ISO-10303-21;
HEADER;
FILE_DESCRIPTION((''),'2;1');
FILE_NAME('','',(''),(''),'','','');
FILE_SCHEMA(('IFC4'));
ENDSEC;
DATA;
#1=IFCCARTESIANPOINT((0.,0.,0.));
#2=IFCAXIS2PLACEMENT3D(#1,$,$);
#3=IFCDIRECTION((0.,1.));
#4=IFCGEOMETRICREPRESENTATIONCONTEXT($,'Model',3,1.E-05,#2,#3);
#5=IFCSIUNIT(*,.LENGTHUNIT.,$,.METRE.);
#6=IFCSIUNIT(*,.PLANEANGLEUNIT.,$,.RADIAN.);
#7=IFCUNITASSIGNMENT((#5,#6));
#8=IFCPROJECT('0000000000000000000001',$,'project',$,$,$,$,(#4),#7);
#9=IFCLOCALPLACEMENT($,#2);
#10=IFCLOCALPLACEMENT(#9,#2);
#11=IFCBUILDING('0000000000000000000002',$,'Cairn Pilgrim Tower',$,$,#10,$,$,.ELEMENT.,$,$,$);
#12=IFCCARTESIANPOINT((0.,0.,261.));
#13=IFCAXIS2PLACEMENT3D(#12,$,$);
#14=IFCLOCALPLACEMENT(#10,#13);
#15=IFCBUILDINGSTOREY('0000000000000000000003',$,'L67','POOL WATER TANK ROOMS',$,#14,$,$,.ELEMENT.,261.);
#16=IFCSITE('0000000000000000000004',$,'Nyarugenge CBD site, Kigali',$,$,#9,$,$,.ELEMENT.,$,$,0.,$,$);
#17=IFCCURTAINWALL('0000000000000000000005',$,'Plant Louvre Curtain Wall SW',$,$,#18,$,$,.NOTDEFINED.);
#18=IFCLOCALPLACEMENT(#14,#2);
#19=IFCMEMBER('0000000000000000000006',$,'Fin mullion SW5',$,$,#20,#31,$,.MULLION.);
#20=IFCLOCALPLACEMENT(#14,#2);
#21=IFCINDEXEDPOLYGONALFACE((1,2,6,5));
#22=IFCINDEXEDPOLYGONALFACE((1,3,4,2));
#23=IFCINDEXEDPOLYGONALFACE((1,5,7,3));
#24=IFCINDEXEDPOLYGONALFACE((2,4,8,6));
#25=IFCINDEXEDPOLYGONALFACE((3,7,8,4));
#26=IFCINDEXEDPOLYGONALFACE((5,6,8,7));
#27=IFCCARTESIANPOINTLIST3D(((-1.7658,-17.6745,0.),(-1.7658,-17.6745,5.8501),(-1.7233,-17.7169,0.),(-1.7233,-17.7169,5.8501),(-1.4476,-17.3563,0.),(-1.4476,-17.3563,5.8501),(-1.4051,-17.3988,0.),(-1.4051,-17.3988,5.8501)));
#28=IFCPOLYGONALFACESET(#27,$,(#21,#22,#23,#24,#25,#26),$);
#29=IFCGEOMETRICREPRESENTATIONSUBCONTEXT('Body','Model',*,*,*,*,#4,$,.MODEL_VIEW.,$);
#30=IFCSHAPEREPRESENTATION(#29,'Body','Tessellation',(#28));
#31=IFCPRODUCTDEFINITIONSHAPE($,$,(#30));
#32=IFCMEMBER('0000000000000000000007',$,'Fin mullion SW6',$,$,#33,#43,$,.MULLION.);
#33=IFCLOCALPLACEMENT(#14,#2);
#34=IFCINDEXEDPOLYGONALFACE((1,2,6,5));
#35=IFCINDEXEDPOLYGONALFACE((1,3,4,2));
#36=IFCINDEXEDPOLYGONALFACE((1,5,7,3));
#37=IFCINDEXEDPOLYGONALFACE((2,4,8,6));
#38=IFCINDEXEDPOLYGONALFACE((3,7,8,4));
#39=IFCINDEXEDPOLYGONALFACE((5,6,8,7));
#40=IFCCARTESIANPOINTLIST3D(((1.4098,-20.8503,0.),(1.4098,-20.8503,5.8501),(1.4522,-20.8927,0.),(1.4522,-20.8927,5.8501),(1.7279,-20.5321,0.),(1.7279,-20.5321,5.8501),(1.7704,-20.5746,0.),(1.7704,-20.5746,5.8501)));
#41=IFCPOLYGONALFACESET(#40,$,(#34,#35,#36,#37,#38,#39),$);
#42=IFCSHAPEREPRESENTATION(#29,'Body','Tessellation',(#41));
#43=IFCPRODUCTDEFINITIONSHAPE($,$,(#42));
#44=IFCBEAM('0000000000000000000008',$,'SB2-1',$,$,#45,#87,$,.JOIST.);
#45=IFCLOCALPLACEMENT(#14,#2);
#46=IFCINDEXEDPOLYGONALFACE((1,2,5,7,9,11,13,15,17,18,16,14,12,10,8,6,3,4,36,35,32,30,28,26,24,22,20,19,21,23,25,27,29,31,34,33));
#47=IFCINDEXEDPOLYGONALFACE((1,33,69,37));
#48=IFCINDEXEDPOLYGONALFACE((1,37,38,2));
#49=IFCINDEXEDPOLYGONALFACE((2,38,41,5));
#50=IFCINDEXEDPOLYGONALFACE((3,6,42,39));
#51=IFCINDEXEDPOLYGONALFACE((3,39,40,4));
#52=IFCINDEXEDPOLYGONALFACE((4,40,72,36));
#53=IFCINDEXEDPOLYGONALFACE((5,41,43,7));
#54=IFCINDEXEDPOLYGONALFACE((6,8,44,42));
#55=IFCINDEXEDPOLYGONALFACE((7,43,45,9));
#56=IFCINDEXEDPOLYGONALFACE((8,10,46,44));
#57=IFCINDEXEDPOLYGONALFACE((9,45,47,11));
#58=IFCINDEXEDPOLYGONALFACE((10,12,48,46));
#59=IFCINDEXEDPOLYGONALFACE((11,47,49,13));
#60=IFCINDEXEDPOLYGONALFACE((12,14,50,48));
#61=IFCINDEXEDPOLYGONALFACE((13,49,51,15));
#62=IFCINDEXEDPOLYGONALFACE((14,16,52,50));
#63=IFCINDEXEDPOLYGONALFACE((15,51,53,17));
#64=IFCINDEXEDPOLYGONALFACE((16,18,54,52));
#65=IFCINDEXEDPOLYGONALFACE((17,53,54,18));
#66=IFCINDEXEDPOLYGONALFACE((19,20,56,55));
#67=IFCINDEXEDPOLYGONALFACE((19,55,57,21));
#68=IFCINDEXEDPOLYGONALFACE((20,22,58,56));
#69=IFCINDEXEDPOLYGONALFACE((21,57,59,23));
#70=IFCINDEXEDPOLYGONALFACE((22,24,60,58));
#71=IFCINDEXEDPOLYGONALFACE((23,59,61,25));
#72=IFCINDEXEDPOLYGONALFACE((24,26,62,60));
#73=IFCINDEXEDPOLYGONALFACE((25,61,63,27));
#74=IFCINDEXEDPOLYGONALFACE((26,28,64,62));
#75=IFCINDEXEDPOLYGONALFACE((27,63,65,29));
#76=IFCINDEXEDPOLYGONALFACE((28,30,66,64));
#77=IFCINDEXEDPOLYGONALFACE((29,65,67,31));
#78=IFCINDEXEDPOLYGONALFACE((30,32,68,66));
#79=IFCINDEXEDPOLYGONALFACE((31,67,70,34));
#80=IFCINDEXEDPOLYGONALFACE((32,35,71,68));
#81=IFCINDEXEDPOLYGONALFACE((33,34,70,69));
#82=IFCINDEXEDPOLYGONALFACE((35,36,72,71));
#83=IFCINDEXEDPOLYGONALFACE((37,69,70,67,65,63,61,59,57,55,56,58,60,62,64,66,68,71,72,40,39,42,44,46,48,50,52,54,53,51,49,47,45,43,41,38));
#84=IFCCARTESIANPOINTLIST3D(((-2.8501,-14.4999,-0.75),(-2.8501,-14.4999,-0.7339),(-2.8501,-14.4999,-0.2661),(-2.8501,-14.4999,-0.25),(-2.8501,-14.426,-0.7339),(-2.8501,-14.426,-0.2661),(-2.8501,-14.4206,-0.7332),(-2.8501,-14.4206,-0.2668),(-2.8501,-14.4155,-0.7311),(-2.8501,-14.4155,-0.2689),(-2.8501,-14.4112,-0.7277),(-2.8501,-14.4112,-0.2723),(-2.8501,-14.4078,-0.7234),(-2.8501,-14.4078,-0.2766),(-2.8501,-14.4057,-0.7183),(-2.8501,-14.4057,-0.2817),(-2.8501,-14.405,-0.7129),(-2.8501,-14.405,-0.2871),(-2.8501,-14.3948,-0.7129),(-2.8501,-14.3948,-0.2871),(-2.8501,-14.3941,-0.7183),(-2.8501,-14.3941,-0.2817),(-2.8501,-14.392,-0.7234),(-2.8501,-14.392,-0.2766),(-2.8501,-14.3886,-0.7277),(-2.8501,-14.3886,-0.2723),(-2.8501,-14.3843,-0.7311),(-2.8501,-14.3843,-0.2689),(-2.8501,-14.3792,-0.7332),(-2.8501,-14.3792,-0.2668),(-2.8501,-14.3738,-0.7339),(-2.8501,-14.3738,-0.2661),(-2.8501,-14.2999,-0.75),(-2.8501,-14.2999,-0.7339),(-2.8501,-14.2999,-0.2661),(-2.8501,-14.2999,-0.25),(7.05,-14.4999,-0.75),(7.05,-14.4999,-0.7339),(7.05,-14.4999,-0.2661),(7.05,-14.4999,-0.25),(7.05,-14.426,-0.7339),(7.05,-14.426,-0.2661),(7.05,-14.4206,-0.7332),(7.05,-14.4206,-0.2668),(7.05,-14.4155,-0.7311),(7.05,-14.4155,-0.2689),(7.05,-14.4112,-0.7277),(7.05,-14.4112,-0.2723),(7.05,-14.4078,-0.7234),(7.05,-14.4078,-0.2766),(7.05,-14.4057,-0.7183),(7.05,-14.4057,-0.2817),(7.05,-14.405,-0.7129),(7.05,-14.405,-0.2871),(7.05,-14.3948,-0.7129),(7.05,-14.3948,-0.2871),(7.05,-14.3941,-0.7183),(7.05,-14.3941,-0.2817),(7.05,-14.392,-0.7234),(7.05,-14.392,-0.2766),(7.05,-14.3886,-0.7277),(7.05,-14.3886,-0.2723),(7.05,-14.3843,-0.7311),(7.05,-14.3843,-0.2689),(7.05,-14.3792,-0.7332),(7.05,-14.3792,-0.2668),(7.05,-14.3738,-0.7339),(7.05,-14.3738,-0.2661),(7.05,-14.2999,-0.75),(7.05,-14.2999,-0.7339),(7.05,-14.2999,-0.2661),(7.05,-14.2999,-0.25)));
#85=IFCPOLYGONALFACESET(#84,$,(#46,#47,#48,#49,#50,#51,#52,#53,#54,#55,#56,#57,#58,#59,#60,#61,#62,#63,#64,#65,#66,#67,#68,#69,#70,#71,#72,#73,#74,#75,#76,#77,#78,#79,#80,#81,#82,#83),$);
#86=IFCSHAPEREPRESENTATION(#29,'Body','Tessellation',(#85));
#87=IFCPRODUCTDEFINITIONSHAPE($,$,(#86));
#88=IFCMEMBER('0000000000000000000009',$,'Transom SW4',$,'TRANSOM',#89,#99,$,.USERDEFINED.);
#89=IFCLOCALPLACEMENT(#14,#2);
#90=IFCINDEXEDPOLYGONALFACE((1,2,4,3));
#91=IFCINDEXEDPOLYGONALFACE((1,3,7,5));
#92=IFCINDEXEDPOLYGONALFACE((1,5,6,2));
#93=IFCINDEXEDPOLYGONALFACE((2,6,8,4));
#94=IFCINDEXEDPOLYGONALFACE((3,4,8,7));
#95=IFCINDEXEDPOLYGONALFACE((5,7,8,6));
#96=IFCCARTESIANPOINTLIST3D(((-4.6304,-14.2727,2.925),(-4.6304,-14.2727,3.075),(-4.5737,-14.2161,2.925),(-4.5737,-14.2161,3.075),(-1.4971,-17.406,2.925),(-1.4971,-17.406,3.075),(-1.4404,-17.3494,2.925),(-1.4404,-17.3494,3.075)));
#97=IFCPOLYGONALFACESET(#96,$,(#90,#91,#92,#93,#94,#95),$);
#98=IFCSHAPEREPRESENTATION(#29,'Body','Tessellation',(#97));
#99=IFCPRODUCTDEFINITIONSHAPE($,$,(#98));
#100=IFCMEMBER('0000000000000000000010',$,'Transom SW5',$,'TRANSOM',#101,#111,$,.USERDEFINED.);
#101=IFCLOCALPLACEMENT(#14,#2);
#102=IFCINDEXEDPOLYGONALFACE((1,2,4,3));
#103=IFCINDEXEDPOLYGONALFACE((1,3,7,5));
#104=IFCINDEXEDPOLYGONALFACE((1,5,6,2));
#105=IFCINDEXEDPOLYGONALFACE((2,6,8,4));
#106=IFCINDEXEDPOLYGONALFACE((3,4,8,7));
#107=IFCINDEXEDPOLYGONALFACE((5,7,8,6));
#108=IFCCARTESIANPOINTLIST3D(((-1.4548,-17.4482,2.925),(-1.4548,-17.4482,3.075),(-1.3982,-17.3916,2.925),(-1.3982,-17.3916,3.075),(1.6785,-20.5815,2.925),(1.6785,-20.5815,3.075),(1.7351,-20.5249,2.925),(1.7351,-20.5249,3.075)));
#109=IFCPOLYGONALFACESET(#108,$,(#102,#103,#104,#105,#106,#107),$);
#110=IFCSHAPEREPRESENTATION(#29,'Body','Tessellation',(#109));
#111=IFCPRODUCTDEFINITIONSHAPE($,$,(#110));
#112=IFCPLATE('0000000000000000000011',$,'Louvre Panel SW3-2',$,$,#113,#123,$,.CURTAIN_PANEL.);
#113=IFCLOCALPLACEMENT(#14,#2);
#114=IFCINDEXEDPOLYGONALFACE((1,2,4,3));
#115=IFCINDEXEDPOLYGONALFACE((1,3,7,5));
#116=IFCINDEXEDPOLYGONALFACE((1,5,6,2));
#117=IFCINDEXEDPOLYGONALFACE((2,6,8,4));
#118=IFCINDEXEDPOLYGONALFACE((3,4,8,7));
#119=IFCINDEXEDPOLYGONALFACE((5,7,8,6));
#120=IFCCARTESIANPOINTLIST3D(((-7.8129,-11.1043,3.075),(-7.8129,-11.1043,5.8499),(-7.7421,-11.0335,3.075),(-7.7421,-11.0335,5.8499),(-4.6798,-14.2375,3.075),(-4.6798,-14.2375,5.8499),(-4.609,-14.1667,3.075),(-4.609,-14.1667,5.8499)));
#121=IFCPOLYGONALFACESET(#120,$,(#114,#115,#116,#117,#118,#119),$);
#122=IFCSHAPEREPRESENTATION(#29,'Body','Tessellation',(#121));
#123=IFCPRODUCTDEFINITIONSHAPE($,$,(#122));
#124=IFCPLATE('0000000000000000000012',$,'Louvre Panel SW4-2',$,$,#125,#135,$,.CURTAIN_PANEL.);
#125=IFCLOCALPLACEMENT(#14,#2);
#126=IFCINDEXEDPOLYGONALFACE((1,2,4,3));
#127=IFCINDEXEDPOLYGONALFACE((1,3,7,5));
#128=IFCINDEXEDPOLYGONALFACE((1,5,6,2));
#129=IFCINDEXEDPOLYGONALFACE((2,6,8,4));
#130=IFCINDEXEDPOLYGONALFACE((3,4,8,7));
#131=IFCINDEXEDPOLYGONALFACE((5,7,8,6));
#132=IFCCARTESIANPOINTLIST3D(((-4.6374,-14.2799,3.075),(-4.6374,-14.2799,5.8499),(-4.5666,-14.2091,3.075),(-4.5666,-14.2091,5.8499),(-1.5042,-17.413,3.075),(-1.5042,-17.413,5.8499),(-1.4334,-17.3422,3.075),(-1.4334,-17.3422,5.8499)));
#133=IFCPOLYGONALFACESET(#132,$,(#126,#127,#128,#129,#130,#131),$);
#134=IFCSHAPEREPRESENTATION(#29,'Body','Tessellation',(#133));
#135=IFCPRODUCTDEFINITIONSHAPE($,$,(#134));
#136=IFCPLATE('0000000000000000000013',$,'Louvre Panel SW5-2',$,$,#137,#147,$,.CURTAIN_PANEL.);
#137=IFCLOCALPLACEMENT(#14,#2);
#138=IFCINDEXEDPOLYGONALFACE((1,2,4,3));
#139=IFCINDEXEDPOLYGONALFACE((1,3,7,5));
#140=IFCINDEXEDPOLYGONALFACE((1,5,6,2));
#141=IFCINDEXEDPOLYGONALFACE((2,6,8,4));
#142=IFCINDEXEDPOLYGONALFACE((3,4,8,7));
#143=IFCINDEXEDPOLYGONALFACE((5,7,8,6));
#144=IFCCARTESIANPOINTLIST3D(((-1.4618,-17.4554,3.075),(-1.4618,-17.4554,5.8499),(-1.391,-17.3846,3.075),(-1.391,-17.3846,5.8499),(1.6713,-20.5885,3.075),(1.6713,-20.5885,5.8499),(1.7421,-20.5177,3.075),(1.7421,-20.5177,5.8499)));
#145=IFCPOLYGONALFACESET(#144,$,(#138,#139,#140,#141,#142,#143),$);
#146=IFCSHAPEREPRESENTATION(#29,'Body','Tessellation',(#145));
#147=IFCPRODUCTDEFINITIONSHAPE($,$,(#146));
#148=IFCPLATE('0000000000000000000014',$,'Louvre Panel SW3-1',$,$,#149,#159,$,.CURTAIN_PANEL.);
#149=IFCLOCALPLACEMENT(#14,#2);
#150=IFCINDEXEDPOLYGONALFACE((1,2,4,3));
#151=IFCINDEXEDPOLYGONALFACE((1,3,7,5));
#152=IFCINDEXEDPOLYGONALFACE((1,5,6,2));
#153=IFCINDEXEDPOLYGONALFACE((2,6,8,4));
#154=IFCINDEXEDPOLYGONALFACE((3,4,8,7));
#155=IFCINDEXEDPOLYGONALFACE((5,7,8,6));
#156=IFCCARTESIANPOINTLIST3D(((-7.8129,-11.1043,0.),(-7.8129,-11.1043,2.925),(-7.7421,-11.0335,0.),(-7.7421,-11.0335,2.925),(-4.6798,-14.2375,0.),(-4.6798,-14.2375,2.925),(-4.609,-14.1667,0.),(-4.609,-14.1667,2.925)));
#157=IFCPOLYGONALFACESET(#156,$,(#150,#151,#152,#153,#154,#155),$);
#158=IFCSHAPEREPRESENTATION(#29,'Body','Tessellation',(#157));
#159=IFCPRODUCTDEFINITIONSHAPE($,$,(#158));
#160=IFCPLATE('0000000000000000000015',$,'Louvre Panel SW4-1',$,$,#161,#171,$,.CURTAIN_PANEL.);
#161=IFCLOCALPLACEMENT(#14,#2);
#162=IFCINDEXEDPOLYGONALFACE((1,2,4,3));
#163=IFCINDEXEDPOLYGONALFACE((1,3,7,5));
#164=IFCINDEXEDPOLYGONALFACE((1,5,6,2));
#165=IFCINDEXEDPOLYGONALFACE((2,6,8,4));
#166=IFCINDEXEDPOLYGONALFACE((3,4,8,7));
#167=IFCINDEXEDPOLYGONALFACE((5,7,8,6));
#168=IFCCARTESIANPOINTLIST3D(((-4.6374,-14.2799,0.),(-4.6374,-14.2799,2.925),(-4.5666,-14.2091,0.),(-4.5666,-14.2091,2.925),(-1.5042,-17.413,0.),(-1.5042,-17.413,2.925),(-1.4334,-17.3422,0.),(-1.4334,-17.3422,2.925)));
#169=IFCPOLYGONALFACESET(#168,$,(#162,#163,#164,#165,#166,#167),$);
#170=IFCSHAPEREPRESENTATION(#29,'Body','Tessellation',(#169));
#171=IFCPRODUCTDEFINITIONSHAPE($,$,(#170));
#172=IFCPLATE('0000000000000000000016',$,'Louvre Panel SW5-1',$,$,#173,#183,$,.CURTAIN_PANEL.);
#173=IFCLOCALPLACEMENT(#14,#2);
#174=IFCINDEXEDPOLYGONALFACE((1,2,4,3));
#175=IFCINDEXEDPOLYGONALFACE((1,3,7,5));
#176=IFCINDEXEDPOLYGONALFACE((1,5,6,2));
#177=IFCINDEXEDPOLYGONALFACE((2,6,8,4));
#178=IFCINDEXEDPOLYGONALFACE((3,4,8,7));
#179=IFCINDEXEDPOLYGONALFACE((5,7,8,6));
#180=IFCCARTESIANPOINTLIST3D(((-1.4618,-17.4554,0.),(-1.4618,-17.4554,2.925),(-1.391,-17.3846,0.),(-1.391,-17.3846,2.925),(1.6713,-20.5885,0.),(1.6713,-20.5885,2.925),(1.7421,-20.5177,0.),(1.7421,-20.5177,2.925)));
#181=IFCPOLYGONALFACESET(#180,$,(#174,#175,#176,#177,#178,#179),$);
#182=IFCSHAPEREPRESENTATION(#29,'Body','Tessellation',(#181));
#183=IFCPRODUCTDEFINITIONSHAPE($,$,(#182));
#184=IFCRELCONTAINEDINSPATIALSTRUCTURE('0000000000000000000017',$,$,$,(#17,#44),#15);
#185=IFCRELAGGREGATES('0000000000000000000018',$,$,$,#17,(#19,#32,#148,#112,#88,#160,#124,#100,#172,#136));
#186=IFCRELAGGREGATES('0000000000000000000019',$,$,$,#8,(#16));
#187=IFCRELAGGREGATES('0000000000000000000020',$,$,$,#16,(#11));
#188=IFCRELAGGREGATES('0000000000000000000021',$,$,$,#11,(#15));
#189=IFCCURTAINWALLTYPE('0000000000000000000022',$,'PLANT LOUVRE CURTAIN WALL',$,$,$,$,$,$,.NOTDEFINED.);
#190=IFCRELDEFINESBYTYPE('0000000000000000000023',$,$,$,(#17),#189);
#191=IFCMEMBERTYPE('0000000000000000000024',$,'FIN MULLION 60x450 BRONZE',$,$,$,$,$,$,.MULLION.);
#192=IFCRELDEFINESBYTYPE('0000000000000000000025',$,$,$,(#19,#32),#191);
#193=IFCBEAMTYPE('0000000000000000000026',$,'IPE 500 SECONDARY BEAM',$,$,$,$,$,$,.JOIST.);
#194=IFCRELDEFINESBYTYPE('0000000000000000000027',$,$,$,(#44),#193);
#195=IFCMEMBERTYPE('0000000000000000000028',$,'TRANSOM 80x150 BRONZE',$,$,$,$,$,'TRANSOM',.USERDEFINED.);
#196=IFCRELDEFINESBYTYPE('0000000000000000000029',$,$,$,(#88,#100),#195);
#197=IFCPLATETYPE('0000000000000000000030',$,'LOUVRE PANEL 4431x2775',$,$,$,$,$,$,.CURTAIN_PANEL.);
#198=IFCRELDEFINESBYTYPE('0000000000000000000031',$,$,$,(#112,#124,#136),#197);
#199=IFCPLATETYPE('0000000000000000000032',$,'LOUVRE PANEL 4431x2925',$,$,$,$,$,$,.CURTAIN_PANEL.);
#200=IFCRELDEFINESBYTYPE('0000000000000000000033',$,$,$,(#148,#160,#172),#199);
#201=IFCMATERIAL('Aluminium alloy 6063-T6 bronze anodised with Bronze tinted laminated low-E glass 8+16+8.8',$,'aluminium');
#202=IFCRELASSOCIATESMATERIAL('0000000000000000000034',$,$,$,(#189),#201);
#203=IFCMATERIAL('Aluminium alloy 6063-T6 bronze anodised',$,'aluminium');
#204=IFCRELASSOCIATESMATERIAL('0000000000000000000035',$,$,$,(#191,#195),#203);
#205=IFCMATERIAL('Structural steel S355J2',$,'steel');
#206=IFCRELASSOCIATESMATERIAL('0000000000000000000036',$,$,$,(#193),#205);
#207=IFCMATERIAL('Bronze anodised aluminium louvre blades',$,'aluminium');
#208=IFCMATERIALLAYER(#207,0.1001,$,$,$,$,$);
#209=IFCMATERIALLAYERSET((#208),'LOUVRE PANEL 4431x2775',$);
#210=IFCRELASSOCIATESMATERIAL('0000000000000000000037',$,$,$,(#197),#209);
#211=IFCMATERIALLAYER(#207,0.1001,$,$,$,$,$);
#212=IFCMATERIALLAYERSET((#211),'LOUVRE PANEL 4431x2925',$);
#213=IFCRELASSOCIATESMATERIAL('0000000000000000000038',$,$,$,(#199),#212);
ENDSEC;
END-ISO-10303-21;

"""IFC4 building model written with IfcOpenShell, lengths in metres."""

from ifc_helpers import new_model, si_unit, direction, frame, origin, origin_2d, place, context, subcontext, project, spatial, rectangle, i_section, extrude, material, layer, layer_set, material_profile, profile_set, type_object, element, aggregate, save


model = new_model("IFC4")

# Units and contexts
model_context = context("Model", 3, precision=1e-05, world=origin(), true_north=direction((0.0, 1.0)))
body_context = subcontext(model_context, "Body", "Model", "MODEL_VIEW")
ifc_project = project(units=[si_unit("LENGTHUNIT", "METRE"), si_unit("PLANEANGLEUNIT", "RADIAN")], contexts=[model_context])

# Site, building, storey
site_placement = place(None, origin())
site = spatial("IfcSite", under=ifc_project, at=site_placement, Name="Nyarugenge CBD site, Kigali", CompositionType="ELEMENT", RefElevation=0.0)
building_placement = place(site_placement, origin())
building = spatial("IfcBuilding", under=site, at=building_placement, Name="Cairn Pilgrim Tower", CompositionType="ELEMENT")
storey_placement = place(building_placement, frame((0.0, 0.0, 261.0)))
storey = spatial("IfcBuildingStorey", under=building, at=storey_placement, Name="L67", Description="POOL WATER TANK ROOMS", CompositionType="ELEMENT", Elevation=261.0)

# Shared definitions
ifc_material_1 = material(Name="Structural steel S355J2", Category="steel")

# Curtain wall, members
ifc_material_2 = material(Name="Aluminium alloy 6063-T6 bronze anodised with Bronze tinted laminated low-E glass 8+16+8.8", Category="aluminium")
curtain_wall_type = type_object("IfcCurtainWallType", Name="PLANT LOUVRE CURTAIN WALL", PredefinedType="NOTDEFINED", material=ifc_material_2)
curtain_wall_placement = place(storey_placement, origin())
curtain_wall = element("IfcCurtainWall", 1, at=curtain_wall_placement, inside=storey, type_object=curtain_wall_type, Name="Plant Louvre Curtain Wall SW", PredefinedType="NOTDEFINED")
ifc_material_3 = material(Name="Aluminium alloy 6063-T6 bronze anodised", Category="aluminium")
ifc_material_profile_1 = material_profile(ifc_material_3, rectangle(XDim=0.45, YDim=0.0601, at=origin_2d()), Name="FIN MULLION 60x450 BRONZE")
ifc_profile_set_1 = profile_set([ifc_material_profile_1], Name="Aluminium alloy 6063-T6 bronze anodised")
member_type_1 = type_object("IfcMemberType", Name="FIN MULLION 60x450 BRONZE", PredefinedType="MULLION", material=ifc_profile_set_1)
member_1_placement = place(storey_placement, frame((-1.5854, -17.5366, 0.0), z_axis=(0.0, 0.0, 1.0), x_axis=(-0.707107, -0.707107, 0.0)))
member_1 = element("IfcMember", 2, at=member_1_placement, type_object=member_type_1, Name="Fin mullion SW5", PredefinedType="MULLION", context=body_context, shape_type="SweptSolid", body=[
    extrude(rectangle(XDim=0.45, YDim=0.0601, at=origin_2d()), origin(), (0.0, 0.0, 1.0), 5.8501),
])
member_2_placement = place(storey_placement, frame((1.5901, -20.7124, 0.0), z_axis=(0.0, 0.0, 1.0), x_axis=(-0.707107, -0.707107, 0.0)))
member_2 = element("IfcMember", 3, at=member_2_placement, type_object=member_type_1, Name="Fin mullion SW6", PredefinedType="MULLION", context=body_context, shape_type="SweptSolid", body=[
    extrude(rectangle(XDim=0.45, YDim=0.0601, at=origin_2d()), origin(), (0.0, 0.0, 1.0), 5.8501),
])

# Beam
ifc_material_profile_2 = material_profile(ifc_material_1, i_section(OverallWidth=0.2, OverallDepth=0.5, WebThickness=0.0103, FlangeThickness=0.0161, FilletRadius=0.021, at=origin_2d()), Name="IPE 500")
ifc_profile_set_2 = profile_set([ifc_material_profile_2], Name="Structural steel S355J2")
beam_type_1 = type_object("IfcBeamType", Name="IPE 500 SECONDARY BEAM", PredefinedType="JOIST", material=ifc_profile_set_2)
beam_1_placement = place(storey_placement, frame((-2.8501, -14.3999, -0.5), z_axis=(1.0, 0.0, 0.0), x_axis=(0.0, 1.0, 0.0)))
element("IfcBeam", 4, at=beam_1_placement, inside=storey, type_object=beam_type_1, Name="SB2-1", PredefinedType="JOIST", context=body_context, shape_type="SweptSolid", body=[
    extrude(i_section(OverallWidth=0.2, OverallDepth=0.5, WebThickness=0.0103, FlangeThickness=0.0161, FilletRadius=0.021, at=origin_2d()), origin(), (0.0, 0.0, 1.0), 9.9001),
])

# Members
ifc_material_profile_3 = material_profile(ifc_material_3, rectangle(XDim=0.0801, YDim=0.1499, at=origin_2d()), Name="TRANSOM 80x150 BRONZE")
ifc_profile_set_3 = profile_set([ifc_material_profile_3], Name="Aluminium alloy 6063-T6 bronze anodised")
member_type_2 = type_object("IfcMemberType", Name="TRANSOM 80x150 BRONZE", ElementType="TRANSOM", PredefinedType="USERDEFINED", material=ifc_profile_set_3)
member_3_placement = place(storey_placement, frame((-4.6021, -14.2444, 3.0), z_axis=(0.707107, -0.707107, 0.0), x_axis=(0.707107, 0.707107, 0.0)))
member_3 = element("IfcMember", 5, at=member_3_placement, type_object=member_type_2, Name="Transom SW4", ObjectType="TRANSOM", PredefinedType="USERDEFINED", context=body_context, shape_type="SweptSolid", body=[
    extrude(rectangle(XDim=0.0801, YDim=0.1499, at=origin_2d()), origin(), (0.0, 0.0, 1.0), 4.4312),
])
member_4_placement = place(storey_placement, frame((-1.4265, -17.4199, 3.0), z_axis=(0.707107, -0.707107, 0.0), x_axis=(0.707107, 0.707107, 0.0)))
member_4 = element("IfcMember", 6, at=member_4_placement, type_object=member_type_2, Name="Transom SW5", ObjectType="TRANSOM", PredefinedType="USERDEFINED", context=body_context, shape_type="SweptSolid", body=[
    extrude(rectangle(XDim=0.0801, YDim=0.1499, at=origin_2d()), origin(), (0.0, 0.0, 1.0), 4.4312),
])

# Plates
ifc_material_4 = material(Name="Bronze anodised aluminium louvre blades", Category="aluminium")
ifc_layer_1 = layer(ifc_material_4, 0.1001)
ifc_layer_set_1 = layer_set([ifc_layer_1], Name="LOUVRE PANEL 4431x2775")
plate_type_1 = type_object("IfcPlateType", Name="LOUVRE PANEL 4431x2775", PredefinedType="CURTAIN_PANEL", material=ifc_layer_set_1)
plate_1_placement = place(storey_placement, frame((-6.2109, -12.6355, 3.075), z_axis=(0.0, 0.0, 1.0), x_axis=(0.707107, -0.707107, 0.0)))
plate_1 = element("IfcPlate", 7, at=plate_1_placement, type_object=plate_type_1, Name="Louvre Panel SW3-2", PredefinedType="CURTAIN_PANEL", context=body_context, shape_type="SweptSolid", body=[
    extrude(rectangle(XDim=4.4309, YDim=0.1001, at=origin_2d()), origin(), (0.0, 0.0, 1.0), 2.7749),
])
plate_2_placement = place(storey_placement, frame((-3.0354, -15.811, 3.075), z_axis=(0.0, 0.0, 1.0), x_axis=(0.707107, -0.707107, 0.0)))
plate_2 = element("IfcPlate", 8, at=plate_2_placement, type_object=plate_type_1, Name="Louvre Panel SW4-2", PredefinedType="CURTAIN_PANEL", context=body_context, shape_type="SweptSolid", body=[
    extrude(rectangle(XDim=4.4309, YDim=0.1001, at=origin_2d()), origin(), (0.0, 0.0, 1.0), 2.7749),
])
plate_3_placement = place(storey_placement, frame((0.1401, -18.9866, 3.075), z_axis=(0.0, 0.0, 1.0), x_axis=(0.707107, -0.707107, 0.0)))
plate_3 = element("IfcPlate", 9, at=plate_3_placement, type_object=plate_type_1, Name="Louvre Panel SW5-2", PredefinedType="CURTAIN_PANEL", context=body_context, shape_type="SweptSolid", body=[
    extrude(rectangle(XDim=4.4309, YDim=0.1001, at=origin_2d()), origin(), (0.0, 0.0, 1.0), 2.7749),
])
ifc_layer_2 = layer(ifc_material_4, 0.1001)
ifc_layer_set_2 = layer_set([ifc_layer_2], Name="LOUVRE PANEL 4431x2925")
plate_type_2 = type_object("IfcPlateType", Name="LOUVRE PANEL 4431x2925", PredefinedType="CURTAIN_PANEL", material=ifc_layer_set_2)
plate_4_placement = place(storey_placement, frame((-6.2109, -12.6355, 0.0), z_axis=(0.0, 0.0, 1.0), x_axis=(0.707107, -0.707107, 0.0)))
plate_4 = element("IfcPlate", 10, at=plate_4_placement, type_object=plate_type_2, Name="Louvre Panel SW3-1", PredefinedType="CURTAIN_PANEL", context=body_context, shape_type="SweptSolid", body=[
    extrude(rectangle(XDim=4.4309, YDim=0.1001, at=origin_2d()), origin(), (0.0, 0.0, 1.0), 2.925),
])
plate_5_placement = place(storey_placement, frame((-3.0354, -15.811, 0.0), z_axis=(0.0, 0.0, 1.0), x_axis=(0.707107, -0.707107, 0.0)))
plate_5 = element("IfcPlate", 11, at=plate_5_placement, type_object=plate_type_2, Name="Louvre Panel SW4-1", PredefinedType="CURTAIN_PANEL", context=body_context, shape_type="SweptSolid", body=[
    extrude(rectangle(XDim=4.4309, YDim=0.1001, at=origin_2d()), origin(), (0.0, 0.0, 1.0), 2.925),
])
plate_6_placement = place(storey_placement, frame((0.1401, -18.9866, 0.0), z_axis=(0.0, 0.0, 1.0), x_axis=(0.707107, -0.707107, 0.0)))
plate_6 = element("IfcPlate", 12, at=plate_6_placement, type_object=plate_type_2, Name="Louvre Panel SW5-1", PredefinedType="CURTAIN_PANEL", context=body_context, shape_type="SweptSolid", body=[
    extrude(rectangle(XDim=4.4309, YDim=0.1001, at=origin_2d()), origin(), (0.0, 0.0, 1.0), 2.925),
])
aggregate(curtain_wall, [member_1, member_2, plate_4, plate_1, member_3, plate_5, plate_2, member_4, plate_6, plate_3])

save(model, "model.ifc")
